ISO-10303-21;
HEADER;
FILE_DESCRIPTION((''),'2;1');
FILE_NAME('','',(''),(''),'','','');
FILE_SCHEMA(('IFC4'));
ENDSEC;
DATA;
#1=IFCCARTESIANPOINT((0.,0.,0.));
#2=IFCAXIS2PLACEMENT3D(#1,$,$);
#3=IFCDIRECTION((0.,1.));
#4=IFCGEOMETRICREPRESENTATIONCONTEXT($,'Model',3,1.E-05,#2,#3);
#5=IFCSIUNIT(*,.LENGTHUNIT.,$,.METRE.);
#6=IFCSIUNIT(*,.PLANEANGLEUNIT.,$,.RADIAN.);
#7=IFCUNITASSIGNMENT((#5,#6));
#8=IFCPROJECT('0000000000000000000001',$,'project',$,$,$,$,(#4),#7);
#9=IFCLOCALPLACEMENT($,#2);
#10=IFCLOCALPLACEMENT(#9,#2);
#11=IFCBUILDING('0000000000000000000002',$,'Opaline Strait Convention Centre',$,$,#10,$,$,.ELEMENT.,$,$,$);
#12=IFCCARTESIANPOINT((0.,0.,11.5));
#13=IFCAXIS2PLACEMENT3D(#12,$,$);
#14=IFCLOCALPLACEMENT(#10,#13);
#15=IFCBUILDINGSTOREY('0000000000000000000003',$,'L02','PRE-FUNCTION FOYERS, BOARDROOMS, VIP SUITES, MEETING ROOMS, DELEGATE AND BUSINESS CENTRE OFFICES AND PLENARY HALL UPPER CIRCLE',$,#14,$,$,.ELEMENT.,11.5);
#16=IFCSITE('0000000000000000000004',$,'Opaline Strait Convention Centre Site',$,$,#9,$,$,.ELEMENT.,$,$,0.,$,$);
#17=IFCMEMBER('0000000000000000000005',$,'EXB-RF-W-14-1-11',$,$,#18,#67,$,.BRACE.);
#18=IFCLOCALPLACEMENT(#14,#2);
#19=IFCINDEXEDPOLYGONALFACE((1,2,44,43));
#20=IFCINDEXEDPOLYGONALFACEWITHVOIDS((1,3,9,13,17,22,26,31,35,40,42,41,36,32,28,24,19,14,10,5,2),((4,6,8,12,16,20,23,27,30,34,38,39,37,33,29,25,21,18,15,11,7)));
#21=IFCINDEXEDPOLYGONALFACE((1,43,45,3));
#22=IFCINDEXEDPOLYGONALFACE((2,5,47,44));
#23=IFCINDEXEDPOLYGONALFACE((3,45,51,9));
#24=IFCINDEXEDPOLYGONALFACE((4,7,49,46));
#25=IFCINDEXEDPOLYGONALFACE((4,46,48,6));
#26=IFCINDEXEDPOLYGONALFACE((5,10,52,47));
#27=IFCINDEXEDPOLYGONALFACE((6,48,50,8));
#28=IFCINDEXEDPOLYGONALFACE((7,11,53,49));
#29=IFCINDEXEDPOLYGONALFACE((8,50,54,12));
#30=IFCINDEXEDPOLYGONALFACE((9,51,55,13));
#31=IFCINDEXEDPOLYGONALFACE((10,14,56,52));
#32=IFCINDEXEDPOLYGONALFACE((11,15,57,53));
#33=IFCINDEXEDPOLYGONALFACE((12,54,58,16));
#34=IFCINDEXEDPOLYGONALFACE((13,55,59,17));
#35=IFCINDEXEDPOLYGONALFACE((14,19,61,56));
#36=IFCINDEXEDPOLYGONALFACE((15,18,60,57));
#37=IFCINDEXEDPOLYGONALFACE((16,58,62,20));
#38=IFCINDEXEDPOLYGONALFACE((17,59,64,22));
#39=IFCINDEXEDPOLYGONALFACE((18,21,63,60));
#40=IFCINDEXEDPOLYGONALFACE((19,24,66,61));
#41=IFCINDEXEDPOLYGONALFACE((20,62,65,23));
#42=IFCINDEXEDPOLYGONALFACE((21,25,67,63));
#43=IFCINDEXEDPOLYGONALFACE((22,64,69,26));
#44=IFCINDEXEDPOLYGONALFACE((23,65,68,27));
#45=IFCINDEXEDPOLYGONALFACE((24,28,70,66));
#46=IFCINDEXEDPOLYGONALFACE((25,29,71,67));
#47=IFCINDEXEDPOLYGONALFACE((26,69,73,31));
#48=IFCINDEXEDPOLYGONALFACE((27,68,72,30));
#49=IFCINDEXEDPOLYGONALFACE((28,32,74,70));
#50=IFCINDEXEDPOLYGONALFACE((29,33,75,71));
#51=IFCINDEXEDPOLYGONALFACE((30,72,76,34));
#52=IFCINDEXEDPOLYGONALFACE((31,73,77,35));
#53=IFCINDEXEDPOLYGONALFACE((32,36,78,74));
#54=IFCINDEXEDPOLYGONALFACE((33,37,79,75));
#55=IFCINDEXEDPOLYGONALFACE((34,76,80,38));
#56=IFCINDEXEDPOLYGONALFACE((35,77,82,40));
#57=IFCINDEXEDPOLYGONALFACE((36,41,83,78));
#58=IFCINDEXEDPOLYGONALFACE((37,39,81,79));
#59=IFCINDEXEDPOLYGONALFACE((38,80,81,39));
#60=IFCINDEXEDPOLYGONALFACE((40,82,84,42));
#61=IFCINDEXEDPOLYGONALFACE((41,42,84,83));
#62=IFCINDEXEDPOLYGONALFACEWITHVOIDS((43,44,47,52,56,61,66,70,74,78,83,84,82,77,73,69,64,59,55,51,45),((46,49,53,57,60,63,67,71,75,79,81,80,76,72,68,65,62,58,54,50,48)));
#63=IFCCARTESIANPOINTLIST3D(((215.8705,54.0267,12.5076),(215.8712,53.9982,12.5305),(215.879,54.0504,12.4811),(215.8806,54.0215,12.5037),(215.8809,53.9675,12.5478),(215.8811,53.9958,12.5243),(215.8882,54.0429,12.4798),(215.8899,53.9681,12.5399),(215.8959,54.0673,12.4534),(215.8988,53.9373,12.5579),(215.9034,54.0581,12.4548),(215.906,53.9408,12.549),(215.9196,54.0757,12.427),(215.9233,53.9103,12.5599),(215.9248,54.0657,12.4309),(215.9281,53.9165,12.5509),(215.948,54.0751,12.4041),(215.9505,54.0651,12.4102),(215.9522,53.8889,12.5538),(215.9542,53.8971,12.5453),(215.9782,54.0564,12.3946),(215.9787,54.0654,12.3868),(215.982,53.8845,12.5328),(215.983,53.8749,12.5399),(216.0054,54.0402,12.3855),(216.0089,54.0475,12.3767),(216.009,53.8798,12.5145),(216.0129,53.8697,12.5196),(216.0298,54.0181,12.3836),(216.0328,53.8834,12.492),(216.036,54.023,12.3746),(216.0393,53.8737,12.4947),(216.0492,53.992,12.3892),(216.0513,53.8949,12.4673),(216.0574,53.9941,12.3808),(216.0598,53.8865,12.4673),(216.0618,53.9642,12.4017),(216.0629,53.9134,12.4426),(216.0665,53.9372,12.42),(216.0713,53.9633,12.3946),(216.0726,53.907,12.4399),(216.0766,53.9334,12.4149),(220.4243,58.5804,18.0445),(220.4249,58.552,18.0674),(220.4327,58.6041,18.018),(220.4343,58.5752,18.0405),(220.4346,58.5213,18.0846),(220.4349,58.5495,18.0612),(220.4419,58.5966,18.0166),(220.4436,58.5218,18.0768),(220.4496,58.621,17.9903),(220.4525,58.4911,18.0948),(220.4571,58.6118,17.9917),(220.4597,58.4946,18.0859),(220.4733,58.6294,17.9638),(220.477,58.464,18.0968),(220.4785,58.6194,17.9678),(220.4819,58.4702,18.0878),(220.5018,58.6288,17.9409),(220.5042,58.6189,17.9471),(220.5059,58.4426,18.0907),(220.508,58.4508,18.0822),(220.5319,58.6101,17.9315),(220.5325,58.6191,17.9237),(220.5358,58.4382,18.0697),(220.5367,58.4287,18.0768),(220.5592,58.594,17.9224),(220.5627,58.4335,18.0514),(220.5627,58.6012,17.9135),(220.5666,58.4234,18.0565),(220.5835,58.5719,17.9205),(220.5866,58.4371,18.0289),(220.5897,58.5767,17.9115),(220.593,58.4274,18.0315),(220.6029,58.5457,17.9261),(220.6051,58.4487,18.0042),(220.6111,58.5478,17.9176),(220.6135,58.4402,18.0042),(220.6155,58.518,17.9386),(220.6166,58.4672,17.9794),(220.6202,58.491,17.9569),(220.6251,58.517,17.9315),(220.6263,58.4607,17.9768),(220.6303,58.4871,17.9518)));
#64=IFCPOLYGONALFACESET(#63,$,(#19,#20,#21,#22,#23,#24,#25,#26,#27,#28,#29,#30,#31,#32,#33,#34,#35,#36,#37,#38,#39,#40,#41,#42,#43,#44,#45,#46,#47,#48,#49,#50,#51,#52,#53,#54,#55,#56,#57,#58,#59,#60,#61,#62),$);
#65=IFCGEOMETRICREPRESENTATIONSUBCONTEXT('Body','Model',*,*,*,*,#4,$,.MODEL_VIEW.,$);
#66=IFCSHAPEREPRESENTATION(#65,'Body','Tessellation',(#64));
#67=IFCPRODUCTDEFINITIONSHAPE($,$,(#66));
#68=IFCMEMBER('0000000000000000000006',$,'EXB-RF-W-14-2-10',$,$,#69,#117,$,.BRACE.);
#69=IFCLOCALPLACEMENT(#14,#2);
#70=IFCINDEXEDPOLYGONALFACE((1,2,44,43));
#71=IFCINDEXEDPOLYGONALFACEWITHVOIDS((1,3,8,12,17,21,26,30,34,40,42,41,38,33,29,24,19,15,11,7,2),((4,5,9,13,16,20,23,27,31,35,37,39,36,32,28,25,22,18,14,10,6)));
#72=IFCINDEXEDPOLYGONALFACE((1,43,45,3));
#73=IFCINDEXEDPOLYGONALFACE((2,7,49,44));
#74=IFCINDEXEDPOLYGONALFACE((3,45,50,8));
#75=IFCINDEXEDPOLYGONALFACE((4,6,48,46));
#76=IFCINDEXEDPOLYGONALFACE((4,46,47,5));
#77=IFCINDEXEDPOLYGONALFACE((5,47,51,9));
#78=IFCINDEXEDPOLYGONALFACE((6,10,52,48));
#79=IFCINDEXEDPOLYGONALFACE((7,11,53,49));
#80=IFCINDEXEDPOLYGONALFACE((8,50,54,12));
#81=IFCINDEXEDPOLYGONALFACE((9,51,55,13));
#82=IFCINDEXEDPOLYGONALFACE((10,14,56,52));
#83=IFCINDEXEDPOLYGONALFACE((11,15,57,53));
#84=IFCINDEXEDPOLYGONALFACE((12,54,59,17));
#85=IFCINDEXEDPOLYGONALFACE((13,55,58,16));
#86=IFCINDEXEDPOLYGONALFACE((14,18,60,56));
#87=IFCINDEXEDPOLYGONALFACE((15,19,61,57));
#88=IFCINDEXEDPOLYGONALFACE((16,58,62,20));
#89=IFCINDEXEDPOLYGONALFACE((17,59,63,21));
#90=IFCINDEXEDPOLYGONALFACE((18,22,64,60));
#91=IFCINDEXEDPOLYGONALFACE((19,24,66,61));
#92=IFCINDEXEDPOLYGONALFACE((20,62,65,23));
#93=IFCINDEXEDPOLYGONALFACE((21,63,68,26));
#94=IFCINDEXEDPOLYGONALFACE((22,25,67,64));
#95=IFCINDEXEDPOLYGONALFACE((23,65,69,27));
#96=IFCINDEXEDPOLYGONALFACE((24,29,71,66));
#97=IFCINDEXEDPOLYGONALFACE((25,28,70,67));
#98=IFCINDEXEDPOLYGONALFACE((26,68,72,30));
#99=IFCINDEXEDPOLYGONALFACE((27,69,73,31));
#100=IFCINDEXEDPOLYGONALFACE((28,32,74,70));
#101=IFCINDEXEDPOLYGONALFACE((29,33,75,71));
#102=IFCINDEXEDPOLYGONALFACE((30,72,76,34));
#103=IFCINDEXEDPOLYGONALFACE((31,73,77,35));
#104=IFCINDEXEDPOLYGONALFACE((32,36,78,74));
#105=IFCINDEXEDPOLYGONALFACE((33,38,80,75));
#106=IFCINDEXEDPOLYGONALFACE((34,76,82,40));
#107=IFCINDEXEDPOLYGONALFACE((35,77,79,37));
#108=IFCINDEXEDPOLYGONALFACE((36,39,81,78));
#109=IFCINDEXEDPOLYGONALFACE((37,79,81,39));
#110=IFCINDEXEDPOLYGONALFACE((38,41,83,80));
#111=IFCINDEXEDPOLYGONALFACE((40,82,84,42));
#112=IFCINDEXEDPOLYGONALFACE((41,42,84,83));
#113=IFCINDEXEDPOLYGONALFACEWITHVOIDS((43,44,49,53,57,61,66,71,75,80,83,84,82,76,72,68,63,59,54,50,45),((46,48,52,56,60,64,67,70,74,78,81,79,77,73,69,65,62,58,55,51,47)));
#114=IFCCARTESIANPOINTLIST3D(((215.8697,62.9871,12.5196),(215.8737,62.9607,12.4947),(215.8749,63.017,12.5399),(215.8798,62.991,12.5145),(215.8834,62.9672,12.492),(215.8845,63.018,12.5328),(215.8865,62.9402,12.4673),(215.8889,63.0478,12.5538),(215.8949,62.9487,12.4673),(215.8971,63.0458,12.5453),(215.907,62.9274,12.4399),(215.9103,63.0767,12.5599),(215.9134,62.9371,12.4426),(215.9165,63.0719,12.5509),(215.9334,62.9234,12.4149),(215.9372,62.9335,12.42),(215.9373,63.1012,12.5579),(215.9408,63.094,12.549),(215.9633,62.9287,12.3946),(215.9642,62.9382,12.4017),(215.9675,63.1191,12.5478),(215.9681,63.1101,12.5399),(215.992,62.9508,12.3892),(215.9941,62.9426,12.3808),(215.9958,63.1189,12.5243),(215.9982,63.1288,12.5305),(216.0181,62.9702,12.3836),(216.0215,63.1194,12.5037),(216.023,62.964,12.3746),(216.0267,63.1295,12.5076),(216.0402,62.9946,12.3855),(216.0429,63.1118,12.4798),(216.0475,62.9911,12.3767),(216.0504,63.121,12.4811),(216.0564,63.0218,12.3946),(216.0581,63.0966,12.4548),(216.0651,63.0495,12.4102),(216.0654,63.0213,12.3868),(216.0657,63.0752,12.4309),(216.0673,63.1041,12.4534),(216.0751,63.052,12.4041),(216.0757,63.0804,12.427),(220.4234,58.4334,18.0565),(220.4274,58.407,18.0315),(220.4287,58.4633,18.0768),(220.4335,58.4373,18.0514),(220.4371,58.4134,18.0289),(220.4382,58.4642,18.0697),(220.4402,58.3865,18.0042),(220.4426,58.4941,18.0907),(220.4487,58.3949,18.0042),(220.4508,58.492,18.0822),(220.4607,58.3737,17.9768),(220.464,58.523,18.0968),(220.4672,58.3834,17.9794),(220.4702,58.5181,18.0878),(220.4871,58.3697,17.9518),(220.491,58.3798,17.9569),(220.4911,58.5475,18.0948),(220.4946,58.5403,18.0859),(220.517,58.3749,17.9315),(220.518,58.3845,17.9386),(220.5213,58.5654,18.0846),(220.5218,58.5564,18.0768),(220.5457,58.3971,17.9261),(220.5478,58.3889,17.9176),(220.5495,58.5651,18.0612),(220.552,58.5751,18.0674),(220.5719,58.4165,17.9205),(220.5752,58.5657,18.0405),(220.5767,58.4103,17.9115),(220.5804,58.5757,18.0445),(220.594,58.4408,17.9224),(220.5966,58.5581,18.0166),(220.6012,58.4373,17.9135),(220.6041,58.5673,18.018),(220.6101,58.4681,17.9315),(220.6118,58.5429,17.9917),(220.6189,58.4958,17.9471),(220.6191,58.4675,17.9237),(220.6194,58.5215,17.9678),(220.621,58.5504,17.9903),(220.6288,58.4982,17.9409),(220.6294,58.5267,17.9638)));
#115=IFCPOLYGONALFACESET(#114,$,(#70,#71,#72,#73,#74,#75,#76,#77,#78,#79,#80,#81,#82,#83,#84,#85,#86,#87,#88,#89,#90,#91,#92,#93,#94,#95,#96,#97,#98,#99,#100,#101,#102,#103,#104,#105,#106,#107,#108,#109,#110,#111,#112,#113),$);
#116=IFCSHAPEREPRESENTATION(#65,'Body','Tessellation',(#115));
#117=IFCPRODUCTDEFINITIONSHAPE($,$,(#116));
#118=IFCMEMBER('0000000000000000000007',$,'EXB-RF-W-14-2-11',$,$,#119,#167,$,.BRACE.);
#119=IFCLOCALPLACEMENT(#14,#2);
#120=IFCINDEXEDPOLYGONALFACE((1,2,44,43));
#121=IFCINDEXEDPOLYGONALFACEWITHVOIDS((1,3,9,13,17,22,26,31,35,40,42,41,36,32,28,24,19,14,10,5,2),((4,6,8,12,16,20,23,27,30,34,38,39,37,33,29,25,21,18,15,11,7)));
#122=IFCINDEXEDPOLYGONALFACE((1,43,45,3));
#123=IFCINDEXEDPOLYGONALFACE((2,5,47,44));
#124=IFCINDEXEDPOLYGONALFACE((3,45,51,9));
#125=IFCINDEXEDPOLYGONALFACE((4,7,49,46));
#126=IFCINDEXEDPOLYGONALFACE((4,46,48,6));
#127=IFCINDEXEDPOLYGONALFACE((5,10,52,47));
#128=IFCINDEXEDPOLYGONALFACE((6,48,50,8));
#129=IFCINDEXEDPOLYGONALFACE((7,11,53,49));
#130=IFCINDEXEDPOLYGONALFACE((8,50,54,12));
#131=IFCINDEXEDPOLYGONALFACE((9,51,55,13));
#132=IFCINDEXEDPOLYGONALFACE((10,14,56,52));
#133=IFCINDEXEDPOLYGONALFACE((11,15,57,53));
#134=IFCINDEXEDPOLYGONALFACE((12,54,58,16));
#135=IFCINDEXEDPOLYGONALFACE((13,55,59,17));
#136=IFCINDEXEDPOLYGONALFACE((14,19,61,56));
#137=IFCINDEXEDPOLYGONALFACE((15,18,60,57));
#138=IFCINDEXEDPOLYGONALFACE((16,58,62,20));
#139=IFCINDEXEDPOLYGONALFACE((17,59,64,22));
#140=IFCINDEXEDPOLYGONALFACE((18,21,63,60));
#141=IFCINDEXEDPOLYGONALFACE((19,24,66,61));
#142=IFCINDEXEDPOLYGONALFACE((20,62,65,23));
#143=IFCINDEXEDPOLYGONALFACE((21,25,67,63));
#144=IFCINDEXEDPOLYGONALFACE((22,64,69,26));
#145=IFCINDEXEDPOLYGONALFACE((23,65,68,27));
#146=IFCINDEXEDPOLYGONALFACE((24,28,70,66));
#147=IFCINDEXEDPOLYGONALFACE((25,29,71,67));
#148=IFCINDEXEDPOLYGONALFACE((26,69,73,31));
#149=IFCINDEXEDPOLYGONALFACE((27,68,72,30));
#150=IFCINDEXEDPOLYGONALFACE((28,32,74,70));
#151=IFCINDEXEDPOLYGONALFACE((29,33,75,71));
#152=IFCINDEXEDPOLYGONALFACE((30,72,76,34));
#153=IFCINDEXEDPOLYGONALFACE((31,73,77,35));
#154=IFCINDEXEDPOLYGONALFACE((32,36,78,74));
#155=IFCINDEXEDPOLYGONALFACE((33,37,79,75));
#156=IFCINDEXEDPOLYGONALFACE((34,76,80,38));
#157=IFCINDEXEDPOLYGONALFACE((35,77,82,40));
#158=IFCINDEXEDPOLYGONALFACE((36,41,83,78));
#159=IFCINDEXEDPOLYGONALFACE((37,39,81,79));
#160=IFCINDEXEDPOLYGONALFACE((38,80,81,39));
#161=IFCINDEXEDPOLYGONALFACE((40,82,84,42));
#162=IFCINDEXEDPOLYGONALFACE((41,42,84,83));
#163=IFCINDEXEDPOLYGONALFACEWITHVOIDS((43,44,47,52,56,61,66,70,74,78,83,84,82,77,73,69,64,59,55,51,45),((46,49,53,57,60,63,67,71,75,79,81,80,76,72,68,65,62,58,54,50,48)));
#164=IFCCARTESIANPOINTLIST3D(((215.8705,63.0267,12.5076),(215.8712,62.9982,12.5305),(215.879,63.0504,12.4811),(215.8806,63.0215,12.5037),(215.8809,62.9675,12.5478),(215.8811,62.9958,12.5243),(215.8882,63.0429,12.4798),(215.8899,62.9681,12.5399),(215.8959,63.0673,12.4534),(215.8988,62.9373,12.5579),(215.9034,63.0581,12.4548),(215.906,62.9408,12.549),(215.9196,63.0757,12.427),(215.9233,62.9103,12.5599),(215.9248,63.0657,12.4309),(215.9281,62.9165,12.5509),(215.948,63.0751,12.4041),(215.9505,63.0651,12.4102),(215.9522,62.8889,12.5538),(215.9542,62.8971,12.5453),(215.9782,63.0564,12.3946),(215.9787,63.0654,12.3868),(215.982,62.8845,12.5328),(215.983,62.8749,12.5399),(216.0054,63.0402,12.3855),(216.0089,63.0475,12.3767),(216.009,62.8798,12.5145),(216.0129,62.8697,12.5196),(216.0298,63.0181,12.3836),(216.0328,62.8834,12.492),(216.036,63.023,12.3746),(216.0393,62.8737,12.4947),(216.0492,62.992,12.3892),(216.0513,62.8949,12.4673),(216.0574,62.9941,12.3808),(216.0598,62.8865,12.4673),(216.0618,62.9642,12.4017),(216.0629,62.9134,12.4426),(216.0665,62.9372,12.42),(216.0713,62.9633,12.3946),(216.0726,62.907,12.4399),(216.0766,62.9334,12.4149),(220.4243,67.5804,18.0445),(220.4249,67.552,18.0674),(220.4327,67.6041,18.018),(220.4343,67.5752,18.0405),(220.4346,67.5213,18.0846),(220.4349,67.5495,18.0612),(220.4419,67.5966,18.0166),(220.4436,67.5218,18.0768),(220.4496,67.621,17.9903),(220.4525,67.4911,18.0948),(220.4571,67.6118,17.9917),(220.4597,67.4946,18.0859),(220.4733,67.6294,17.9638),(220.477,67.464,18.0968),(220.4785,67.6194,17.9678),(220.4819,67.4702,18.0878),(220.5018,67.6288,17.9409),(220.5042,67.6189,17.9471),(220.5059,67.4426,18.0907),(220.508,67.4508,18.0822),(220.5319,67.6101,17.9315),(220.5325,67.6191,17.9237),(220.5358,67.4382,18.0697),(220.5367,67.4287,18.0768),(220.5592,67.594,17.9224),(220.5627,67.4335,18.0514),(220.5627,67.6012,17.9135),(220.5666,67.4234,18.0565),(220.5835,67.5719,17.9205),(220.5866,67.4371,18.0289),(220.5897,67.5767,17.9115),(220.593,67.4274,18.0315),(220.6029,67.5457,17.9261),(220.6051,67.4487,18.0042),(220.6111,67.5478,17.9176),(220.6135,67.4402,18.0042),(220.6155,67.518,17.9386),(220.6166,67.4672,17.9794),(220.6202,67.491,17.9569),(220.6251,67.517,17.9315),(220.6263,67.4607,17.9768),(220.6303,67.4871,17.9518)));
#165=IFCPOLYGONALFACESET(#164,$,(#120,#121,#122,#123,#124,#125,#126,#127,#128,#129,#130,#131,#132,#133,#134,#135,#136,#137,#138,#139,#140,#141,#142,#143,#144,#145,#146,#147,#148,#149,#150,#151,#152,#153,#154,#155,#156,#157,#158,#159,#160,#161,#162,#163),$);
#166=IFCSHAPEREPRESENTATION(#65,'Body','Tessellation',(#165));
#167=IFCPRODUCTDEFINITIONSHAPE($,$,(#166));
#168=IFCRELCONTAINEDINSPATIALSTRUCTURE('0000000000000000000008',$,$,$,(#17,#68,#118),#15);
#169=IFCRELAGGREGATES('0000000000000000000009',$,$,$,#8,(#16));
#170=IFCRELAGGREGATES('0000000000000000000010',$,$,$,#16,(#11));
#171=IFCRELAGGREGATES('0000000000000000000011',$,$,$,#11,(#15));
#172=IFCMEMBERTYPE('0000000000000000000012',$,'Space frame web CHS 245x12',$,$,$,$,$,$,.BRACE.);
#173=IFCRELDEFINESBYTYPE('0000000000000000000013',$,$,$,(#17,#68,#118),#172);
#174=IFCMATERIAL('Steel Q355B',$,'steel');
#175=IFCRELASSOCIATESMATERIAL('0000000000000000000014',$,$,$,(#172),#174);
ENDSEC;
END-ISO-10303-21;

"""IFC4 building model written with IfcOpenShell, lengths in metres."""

from ifc_helpers import new_model, si_unit, direction, frame, origin, origin_2d, place, context, subcontext, project, spatial, hollow_circle, extrude, material, material_profile, profile_set, type_object, element, save


model = new_model("IFC4")

# Units and contexts
model_context = context("Model", 3, precision=1e-05, world=origin(), true_north=direction((0.0, 1.0)))
body_context = subcontext(model_context, "Body", "Model", "MODEL_VIEW")
ifc_project = project(units=[si_unit("LENGTHUNIT", "METRE"), si_unit("PLANEANGLEUNIT", "RADIAN")], contexts=[model_context])

# Site, building, storey
site_placement = place(None, origin())
site = spatial("IfcSite", under=ifc_project, at=site_placement, Name="Opaline Strait Convention Centre Site", CompositionType="ELEMENT", RefElevation=0.0)
building_placement = place(site_placement, origin())
building = spatial("IfcBuilding", under=site, at=building_placement, Name="Opaline Strait Convention Centre", CompositionType="ELEMENT")
storey_placement = place(building_placement, frame((0.0, 0.0, 11.5)))
storey = spatial("IfcBuildingStorey", under=building, at=storey_placement, Name="L02", Description="PRE-FUNCTION FOYERS, BOARDROOMS, VIP SUITES, MEETING ROOMS, DELEGATE AND BUSINESS CENTRE OFFICES AND PLENARY HALL UPPER CIRCLE", CompositionType="ELEMENT", Elevation=11.5)

# Members
ifc_material = material(Name="Steel Q355B", Category="steel")
ifc_material_profile_1 = material_profile(ifc_material, hollow_circle(Radius=0.1226, WallThickness=0.012, at=origin_2d()), Name="CHS 245x12")
ifc_profile_set_1 = profile_set([ifc_material_profile_1], Name="Steel Q355B")
member_type_1 = type_object("IfcMemberType", Name="Space frame web CHS 245x12", PredefinedType="BRACE", material=ifc_profile_set_1)
for number, where, z_axis, x_axis, name in (
    (1, (220.5269, 58.5269, 18.0042), (-0.536178, -0.536178, -0.65194), (0.707107, -0.707107, 0.0), "EXB-RF-W-14-1-11"),
    (2, (220.5269, 58.4731, 18.0042), (-0.536178, 0.536178, -0.65194), (-0.707107, -0.707107, 0.0), "EXB-RF-W-14-2-10"),
    (3, (220.5269, 67.5269, 18.0042), (-0.536178, -0.536178, -0.65194), (0.707107, -0.707107, 0.0), "EXB-RF-W-14-2-11"),
):
    element("IfcMember", number, at=place(storey_placement, frame(where, z_axis=z_axis, x_axis=x_axis)), inside=storey, type_object=member_type_1, Name=name, PredefinedType="BRACE", context=body_context, shape_type="SweptSolid", body=[
        extrude(hollow_circle(Radius=0.1226, WallThickness=0.012, at=origin_2d()), origin(), (0.0, 0.0, 1.0), 8.4929),
    ])

save(model, "model.ifc")
